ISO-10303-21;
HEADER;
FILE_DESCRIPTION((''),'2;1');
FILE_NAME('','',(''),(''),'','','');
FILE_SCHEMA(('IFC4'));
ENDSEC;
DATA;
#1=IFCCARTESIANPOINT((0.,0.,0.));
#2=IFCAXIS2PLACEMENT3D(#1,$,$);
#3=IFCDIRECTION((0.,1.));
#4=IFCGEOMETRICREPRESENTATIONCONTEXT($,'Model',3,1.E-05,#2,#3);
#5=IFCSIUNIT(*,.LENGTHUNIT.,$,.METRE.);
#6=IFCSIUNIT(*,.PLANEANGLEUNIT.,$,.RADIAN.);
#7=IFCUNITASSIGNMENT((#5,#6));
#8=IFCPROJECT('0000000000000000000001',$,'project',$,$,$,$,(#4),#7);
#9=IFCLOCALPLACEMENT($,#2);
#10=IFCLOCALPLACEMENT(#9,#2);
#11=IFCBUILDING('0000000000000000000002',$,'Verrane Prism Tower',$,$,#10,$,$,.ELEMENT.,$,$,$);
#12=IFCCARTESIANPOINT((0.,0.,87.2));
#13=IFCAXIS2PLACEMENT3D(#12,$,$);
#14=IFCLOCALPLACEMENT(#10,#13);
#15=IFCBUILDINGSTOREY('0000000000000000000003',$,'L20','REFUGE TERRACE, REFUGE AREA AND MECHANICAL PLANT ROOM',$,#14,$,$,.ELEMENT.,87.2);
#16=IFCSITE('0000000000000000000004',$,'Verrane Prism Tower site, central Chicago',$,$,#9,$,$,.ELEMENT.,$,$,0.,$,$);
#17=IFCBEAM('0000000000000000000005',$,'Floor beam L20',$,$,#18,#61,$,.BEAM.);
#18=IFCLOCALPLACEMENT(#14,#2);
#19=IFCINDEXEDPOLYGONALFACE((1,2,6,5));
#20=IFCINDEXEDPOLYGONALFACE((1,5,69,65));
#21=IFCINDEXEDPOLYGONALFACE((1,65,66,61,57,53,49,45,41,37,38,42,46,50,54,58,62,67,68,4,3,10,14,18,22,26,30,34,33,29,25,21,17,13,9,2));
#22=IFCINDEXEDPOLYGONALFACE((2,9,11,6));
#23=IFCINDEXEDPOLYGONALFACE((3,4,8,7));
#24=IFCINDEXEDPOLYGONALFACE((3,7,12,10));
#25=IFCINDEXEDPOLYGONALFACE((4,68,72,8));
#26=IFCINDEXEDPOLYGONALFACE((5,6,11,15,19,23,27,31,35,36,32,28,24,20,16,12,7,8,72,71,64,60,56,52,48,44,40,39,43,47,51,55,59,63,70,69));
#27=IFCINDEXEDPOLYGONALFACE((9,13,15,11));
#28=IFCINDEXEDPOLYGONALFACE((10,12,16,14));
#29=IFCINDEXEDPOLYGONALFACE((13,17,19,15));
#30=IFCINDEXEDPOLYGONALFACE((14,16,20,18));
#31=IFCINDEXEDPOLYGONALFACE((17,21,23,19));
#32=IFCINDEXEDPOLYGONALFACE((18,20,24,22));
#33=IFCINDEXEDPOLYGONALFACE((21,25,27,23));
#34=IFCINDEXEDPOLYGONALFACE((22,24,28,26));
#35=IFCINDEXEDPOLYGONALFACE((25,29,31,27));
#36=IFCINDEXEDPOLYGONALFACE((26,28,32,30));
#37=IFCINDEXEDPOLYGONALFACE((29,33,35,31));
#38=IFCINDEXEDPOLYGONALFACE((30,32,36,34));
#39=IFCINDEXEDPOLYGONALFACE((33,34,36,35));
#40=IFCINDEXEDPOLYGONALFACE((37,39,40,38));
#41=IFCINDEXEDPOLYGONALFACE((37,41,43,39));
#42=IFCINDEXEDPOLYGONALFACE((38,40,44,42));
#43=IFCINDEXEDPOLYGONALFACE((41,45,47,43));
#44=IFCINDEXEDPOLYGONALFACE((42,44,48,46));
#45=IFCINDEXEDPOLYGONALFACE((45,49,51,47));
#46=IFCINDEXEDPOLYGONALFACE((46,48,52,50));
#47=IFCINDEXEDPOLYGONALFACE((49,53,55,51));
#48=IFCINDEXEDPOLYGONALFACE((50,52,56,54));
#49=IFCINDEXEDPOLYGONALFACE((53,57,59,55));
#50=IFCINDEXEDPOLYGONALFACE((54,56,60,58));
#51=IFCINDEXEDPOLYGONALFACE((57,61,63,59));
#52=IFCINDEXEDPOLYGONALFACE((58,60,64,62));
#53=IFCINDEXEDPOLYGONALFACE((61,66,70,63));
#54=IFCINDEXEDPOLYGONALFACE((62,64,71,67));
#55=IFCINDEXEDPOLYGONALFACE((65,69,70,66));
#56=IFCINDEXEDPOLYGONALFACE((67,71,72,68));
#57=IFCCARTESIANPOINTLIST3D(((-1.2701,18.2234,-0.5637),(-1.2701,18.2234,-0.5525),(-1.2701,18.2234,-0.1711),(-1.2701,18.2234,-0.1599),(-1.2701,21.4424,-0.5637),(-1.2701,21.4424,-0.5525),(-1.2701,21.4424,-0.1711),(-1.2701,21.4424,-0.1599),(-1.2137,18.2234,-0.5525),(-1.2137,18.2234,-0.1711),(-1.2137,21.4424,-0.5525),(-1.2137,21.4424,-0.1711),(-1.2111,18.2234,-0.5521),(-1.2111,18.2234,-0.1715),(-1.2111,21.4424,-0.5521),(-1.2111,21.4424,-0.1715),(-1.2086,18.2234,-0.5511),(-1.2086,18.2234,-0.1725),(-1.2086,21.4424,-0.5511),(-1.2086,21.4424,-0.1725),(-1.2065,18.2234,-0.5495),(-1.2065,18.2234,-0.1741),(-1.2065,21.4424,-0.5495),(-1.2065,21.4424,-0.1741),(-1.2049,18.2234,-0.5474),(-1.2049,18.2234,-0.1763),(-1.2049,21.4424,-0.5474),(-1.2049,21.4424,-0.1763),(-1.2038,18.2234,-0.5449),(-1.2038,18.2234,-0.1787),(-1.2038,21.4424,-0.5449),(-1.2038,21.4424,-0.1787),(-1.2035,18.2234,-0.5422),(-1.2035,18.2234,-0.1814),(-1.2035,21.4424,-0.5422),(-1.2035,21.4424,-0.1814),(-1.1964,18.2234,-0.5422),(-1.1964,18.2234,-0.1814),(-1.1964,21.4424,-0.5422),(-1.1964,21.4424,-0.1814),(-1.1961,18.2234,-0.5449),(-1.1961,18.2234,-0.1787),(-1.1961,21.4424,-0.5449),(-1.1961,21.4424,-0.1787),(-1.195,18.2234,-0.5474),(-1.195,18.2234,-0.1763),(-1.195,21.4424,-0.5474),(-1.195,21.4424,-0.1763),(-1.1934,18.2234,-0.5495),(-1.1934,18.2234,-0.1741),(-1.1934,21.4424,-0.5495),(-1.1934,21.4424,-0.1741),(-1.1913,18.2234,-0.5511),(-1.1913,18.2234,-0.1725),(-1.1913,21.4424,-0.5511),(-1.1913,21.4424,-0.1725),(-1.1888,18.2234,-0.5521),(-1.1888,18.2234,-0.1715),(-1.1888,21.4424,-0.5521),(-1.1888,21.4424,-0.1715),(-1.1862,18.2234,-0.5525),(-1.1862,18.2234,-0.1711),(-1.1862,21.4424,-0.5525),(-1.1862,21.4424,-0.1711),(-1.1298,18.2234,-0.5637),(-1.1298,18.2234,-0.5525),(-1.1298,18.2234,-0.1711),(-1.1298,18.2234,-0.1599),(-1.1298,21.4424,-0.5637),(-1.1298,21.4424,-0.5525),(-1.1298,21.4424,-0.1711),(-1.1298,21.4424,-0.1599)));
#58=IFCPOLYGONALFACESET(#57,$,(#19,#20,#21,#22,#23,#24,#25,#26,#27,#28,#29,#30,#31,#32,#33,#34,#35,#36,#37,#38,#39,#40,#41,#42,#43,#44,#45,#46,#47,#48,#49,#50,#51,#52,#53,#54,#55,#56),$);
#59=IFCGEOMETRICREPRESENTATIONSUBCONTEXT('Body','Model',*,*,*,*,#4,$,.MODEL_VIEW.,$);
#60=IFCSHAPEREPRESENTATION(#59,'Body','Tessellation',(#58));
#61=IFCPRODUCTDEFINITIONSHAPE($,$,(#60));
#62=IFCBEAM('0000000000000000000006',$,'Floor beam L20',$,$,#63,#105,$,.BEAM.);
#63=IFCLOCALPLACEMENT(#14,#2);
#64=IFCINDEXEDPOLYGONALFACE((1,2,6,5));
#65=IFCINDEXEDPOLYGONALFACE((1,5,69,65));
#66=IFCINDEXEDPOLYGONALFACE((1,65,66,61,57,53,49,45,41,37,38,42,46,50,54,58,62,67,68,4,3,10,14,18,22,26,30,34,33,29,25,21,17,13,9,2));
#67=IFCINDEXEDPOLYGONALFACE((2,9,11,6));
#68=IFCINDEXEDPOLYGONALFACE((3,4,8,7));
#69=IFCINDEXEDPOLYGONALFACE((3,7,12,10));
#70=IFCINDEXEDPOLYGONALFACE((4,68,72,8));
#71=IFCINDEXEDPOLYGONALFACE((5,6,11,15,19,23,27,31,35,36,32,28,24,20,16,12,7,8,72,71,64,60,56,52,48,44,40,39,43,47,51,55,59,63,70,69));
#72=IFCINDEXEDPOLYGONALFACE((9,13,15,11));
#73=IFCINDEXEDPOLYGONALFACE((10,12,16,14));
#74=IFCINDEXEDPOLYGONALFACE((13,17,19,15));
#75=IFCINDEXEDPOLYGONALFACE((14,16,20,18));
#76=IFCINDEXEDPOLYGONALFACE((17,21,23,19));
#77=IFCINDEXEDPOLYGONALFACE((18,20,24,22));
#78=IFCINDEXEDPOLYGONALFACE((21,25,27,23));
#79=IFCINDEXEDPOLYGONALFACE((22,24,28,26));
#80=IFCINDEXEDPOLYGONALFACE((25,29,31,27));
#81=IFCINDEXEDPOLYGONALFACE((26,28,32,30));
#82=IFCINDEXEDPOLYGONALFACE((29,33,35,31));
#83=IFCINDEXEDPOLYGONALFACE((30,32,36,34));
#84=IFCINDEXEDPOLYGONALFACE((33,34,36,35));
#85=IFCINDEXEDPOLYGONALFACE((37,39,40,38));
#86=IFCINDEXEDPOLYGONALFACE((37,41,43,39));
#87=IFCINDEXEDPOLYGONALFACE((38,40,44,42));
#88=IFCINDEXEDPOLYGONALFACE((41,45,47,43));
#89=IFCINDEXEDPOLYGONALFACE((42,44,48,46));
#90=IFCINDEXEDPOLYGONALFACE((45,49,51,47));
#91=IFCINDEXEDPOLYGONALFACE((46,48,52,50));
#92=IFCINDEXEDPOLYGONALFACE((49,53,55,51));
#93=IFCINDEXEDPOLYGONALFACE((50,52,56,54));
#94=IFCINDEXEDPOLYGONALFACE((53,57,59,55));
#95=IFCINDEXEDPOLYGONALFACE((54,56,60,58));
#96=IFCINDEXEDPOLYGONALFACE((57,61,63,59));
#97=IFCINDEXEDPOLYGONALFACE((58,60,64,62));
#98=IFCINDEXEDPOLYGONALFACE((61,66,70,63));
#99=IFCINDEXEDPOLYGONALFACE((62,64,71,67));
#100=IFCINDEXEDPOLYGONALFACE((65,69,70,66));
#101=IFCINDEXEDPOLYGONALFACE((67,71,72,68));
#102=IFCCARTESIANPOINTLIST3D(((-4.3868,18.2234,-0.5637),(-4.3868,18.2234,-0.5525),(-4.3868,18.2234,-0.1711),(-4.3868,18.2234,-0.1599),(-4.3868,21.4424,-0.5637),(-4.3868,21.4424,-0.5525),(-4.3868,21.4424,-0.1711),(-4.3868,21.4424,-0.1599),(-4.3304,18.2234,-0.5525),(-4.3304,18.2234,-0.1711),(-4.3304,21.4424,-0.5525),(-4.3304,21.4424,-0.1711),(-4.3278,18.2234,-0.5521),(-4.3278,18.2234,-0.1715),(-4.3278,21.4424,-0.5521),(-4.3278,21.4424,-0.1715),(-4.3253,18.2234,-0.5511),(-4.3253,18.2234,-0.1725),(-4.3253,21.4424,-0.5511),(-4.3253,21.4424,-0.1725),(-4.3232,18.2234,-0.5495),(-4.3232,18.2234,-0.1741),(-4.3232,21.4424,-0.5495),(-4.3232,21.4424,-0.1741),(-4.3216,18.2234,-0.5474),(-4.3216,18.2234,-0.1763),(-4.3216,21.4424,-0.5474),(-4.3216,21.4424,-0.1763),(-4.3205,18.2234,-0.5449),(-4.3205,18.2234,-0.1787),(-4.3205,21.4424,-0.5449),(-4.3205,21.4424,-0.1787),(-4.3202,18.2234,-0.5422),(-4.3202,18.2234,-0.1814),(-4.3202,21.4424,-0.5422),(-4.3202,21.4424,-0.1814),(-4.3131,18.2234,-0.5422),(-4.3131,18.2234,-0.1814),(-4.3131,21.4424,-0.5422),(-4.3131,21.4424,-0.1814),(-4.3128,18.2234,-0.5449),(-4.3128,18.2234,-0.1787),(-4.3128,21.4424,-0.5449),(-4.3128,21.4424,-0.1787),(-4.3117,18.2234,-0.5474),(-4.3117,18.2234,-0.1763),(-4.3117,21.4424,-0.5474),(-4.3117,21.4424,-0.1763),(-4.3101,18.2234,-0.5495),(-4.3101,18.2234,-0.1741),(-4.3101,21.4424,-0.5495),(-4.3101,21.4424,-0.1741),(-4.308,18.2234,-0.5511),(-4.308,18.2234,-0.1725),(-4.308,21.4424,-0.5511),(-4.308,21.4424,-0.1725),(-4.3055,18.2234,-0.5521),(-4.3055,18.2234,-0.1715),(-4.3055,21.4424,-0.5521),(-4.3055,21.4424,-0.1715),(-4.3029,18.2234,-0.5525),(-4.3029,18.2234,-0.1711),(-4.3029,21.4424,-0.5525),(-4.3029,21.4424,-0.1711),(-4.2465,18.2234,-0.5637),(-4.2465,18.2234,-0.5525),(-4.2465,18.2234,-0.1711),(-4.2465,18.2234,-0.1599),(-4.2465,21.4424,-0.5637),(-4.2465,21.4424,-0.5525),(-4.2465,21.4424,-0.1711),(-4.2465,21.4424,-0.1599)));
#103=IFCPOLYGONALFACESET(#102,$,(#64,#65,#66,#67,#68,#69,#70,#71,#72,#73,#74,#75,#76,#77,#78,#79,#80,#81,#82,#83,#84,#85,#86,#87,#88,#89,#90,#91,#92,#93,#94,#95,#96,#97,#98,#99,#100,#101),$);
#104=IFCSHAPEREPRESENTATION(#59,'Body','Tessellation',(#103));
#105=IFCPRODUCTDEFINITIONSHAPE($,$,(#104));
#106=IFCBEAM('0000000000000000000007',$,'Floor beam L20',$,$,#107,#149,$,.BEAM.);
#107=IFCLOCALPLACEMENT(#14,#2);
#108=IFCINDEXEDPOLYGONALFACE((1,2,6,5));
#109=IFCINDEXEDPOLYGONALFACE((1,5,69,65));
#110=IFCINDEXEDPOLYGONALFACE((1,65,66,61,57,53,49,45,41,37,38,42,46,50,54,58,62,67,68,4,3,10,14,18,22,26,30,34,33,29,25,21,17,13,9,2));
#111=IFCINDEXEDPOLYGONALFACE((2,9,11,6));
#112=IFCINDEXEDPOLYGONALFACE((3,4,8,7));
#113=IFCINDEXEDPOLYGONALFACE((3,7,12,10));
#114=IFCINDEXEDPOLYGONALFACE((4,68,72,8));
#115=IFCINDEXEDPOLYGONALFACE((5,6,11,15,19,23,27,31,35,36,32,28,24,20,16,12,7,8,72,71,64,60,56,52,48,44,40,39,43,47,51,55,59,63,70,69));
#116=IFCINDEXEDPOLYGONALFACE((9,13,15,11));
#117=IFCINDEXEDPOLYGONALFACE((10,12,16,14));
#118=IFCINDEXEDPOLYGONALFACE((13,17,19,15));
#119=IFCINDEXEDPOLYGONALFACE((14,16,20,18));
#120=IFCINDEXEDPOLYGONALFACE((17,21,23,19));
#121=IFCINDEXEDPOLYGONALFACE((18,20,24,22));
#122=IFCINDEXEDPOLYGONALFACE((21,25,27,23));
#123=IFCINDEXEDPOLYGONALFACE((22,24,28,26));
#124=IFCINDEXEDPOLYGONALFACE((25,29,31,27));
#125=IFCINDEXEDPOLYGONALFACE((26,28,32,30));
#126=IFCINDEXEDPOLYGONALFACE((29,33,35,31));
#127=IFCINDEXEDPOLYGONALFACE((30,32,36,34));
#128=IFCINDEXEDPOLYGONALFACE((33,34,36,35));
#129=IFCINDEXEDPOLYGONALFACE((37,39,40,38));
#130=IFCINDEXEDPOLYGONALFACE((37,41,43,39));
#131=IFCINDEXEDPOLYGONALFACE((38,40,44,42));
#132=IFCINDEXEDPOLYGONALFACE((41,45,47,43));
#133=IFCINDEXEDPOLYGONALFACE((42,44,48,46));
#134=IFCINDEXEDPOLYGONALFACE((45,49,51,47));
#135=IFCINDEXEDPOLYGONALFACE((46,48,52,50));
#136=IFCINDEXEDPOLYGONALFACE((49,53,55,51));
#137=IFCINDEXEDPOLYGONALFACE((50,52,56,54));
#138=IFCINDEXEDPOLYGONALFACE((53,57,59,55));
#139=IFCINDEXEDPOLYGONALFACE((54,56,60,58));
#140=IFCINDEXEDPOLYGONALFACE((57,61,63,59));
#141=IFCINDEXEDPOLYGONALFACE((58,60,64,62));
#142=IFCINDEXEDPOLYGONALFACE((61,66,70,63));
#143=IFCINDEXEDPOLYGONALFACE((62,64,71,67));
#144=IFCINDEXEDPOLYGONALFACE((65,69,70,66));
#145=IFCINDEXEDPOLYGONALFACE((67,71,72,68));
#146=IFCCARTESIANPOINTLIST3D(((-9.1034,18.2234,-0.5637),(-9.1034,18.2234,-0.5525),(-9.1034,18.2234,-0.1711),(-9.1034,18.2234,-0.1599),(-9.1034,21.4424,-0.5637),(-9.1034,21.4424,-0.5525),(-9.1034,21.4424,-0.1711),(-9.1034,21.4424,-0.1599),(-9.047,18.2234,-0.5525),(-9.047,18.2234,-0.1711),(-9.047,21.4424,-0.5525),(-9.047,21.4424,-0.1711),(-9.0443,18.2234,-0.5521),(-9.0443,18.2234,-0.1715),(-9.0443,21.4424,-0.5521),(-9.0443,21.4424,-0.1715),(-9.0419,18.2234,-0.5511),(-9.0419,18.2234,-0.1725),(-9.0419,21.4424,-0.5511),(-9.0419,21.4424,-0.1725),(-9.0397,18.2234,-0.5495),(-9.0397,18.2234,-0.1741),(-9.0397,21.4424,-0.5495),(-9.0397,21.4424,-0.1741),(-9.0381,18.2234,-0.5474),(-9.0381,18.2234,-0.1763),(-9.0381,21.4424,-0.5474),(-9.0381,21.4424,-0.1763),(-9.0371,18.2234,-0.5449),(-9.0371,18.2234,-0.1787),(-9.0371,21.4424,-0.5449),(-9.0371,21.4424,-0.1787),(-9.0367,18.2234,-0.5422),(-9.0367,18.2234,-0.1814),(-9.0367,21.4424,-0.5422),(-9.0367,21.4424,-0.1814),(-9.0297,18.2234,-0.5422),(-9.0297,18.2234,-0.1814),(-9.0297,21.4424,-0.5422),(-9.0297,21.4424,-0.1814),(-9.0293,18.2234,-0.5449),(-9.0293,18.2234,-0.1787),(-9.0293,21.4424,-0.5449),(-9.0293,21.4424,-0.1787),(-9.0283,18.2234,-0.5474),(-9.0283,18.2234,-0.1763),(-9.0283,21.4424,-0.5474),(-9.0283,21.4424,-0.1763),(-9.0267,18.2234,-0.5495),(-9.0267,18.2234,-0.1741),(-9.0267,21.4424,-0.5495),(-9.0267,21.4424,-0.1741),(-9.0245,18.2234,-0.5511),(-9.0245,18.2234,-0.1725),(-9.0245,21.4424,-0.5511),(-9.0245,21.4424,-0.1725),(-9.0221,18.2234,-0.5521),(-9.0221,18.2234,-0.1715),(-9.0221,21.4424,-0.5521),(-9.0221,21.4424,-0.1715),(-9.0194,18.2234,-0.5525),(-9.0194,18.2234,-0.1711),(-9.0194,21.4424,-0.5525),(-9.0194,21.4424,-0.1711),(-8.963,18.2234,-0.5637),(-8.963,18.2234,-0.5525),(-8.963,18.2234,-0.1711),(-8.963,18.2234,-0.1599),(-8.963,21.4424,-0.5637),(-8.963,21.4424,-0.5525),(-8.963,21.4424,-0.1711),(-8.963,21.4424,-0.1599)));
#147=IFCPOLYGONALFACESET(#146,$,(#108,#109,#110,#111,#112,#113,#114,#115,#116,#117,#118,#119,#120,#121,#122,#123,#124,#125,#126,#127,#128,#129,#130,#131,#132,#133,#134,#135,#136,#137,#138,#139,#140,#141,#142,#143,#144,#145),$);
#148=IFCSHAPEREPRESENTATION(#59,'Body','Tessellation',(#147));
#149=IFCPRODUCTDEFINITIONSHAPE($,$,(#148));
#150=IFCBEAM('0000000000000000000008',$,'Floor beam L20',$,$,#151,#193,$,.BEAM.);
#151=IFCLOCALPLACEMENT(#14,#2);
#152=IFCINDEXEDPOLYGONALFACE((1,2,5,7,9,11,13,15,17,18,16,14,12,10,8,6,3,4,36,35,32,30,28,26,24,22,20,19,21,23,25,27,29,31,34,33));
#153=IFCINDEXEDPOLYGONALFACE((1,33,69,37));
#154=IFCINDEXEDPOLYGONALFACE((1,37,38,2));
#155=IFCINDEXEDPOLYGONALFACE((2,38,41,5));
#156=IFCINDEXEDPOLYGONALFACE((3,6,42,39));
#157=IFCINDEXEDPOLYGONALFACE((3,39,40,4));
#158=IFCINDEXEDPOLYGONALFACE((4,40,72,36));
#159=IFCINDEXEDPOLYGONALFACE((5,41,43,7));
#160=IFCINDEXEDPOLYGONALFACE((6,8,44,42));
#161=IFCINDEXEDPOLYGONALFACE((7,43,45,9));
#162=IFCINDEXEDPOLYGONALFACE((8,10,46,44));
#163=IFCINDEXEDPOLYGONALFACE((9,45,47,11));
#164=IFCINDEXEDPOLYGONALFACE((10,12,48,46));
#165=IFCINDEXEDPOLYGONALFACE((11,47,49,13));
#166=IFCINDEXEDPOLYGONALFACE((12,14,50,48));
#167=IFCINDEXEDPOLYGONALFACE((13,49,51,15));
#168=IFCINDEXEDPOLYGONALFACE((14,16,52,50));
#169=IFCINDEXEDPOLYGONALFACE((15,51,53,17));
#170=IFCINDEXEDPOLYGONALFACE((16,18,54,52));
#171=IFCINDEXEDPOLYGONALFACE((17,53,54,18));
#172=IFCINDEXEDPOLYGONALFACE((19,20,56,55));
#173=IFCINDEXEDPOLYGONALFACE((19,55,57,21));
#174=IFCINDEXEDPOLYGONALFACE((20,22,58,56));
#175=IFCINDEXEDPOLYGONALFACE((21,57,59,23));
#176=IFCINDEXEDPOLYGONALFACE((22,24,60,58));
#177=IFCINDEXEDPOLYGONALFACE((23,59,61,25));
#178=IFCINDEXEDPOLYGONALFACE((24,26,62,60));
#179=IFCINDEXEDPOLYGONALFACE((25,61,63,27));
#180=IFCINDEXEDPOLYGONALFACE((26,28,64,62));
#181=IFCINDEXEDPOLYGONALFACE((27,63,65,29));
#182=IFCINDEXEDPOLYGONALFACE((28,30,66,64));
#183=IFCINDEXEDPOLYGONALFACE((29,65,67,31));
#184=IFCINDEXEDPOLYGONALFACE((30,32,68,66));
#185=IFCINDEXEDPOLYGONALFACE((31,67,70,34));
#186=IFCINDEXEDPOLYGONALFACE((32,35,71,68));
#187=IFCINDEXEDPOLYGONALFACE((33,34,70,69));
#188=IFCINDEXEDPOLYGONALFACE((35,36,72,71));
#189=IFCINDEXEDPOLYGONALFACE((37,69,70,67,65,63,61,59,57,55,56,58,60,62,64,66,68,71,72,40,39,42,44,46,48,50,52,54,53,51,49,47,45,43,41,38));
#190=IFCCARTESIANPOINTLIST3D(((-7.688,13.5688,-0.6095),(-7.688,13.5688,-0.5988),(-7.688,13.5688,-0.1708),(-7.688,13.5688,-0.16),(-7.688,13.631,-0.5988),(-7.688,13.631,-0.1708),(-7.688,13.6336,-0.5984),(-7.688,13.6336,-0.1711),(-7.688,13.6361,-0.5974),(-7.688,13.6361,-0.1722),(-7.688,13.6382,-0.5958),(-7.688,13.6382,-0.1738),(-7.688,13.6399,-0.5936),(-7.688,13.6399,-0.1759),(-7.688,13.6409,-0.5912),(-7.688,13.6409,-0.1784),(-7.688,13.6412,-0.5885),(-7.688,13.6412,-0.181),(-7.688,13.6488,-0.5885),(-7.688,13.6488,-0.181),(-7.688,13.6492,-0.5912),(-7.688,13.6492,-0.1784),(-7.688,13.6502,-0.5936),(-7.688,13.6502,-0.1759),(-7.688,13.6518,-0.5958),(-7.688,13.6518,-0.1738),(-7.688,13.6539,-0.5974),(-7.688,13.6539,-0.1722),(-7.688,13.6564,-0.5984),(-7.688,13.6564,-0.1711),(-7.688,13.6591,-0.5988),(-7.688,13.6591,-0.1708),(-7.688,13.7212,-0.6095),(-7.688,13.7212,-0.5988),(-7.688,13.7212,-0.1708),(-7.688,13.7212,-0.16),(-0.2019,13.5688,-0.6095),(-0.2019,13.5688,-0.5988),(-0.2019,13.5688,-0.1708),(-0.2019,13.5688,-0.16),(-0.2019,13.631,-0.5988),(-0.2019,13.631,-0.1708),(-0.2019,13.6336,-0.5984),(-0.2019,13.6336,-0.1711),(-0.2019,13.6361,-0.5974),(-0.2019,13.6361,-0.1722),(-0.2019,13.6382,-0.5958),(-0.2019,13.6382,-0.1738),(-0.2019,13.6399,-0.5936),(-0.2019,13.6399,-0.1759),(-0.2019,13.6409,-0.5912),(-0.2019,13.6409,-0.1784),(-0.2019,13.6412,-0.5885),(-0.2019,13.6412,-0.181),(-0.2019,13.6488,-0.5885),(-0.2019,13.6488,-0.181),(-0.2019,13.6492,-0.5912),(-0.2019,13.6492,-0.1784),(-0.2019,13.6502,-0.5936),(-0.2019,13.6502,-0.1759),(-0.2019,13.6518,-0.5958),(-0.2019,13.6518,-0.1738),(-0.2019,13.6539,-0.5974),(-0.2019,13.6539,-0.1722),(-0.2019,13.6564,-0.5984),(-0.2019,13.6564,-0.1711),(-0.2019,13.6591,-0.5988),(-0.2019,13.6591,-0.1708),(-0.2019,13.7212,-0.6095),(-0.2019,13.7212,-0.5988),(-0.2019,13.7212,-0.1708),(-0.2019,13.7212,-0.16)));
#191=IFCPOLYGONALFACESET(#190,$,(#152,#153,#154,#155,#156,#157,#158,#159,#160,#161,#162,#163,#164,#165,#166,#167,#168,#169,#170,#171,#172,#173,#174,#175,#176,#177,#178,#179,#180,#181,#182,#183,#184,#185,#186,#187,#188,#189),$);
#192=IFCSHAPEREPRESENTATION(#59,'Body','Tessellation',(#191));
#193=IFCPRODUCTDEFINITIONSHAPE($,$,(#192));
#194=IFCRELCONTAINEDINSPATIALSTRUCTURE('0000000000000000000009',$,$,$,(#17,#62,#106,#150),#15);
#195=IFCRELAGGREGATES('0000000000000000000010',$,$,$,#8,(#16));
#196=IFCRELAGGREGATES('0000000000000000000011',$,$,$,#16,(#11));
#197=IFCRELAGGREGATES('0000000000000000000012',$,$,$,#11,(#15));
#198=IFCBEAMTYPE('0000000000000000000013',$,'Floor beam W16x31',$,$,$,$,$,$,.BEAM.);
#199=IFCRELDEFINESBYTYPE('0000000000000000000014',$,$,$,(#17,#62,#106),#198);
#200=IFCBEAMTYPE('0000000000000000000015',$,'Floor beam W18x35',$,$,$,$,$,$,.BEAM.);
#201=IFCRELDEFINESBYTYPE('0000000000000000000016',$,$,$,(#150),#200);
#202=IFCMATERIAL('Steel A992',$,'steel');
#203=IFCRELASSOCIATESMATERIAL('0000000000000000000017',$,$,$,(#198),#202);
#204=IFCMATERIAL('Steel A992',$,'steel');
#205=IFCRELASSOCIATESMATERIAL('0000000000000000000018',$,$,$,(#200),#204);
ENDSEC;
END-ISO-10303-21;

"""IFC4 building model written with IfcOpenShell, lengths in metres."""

from ifc_helpers import new_model, si_unit, direction, frame, origin, origin_2d, place, context, subcontext, project, spatial, i_section, extrude, material, material_profile, profile_set, type_object, element, save


model = new_model("IFC4")

# Units and contexts
model_context = context("Model", 3, precision=1e-05, world=origin(), true_north=direction((0.0, 1.0)))
body_context = subcontext(model_context, "Body", "Model", "MODEL_VIEW")
ifc_project = project(units=[si_unit("LENGTHUNIT", "METRE"), si_unit("PLANEANGLEUNIT", "RADIAN")], contexts=[model_context])

# Site, building, storey
site_placement = place(None, origin())
site = spatial("IfcSite", under=ifc_project, at=site_placement, Name="Verrane Prism Tower site, central Chicago", CompositionType="ELEMENT", RefElevation=0.0)
building_placement = place(site_placement, origin())
building = spatial("IfcBuilding", under=site, at=building_placement, Name="Verrane Prism Tower", CompositionType="ELEMENT")
storey_placement = place(building_placement, frame((0.0, 0.0, 87.2)))
storey = spatial("IfcBuildingStorey", under=building, at=storey_placement, Name="L20", Description="REFUGE TERRACE, REFUGE AREA AND MECHANICAL PLANT ROOM", CompositionType="ELEMENT", Elevation=87.2)

# Beams
ifc_material_1 = material(Name="Steel A992", Category="steel")
ifc_material_profile_1 = material_profile(ifc_material_1, i_section(OverallWidth=0.1404, OverallDepth=0.4038, WebThickness=0.0071, FlangeThickness=0.0112, FilletRadius=0.0103, at=origin_2d()), Name="W16x31")
ifc_profile_set_1 = profile_set([ifc_material_profile_1], Name="Steel A992")
beam_type_1 = type_object("IfcBeamType", Name="Floor beam W16x31", PredefinedType="BEAM", material=ifc_profile_set_1)
for number, where, z_axis, x_axis, name in (
    (1, (-1.2, 18.2234, -0.3618), (0.0, 1.0, 0.0), (-1.0, 0.0, 0.0), "Floor beam L20"),
    (2, (-4.3167, 18.2234, -0.3618), (0.0, 1.0, 0.0), (-1.0, 0.0, 0.0), "Floor beam L20"),
    (3, (-9.0332, 18.2234, -0.3618), (0.0, 1.0, 0.0), (-1.0, 0.0, 0.0), "Floor beam L20"),
):
    element("IfcBeam", number, at=place(storey_placement, frame(where, z_axis=z_axis, x_axis=x_axis)), inside=storey, type_object=beam_type_1, Name=name, PredefinedType="BEAM", context=body_context, shape_type="SweptSolid", body=[
        extrude(i_section(OverallWidth=0.1404, OverallDepth=0.4038, WebThickness=0.0071, FlangeThickness=0.0112, FilletRadius=0.0103, at=origin_2d()), origin(), (0.0, 0.0, 1.0), 3.219),
    ])
ifc_material_2 = material(Name="Steel A992", Category="steel")
ifc_material_profile_2 = material_profile(ifc_material_2, i_section(OverallWidth=0.1523, OverallDepth=0.4495, WebThickness=0.0076, FlangeThickness=0.0107, FilletRadius=0.0103, at=origin_2d()), Name="W18x35")
ifc_profile_set_2 = profile_set([ifc_material_profile_2], Name="Steel A992")
beam_type_2 = type_object("IfcBeamType", Name="Floor beam W18x35", PredefinedType="BEAM", material=ifc_profile_set_2)
beam_1_placement = place(storey_placement, frame((-7.688, 13.645, -0.3848), z_axis=(1.0, 0.0, 0.0), x_axis=(0.0, 1.0, 0.0)))
element("IfcBeam", 4, at=beam_1_placement, inside=storey, type_object=beam_type_2, Name="Floor beam L20", PredefinedType="BEAM", context=body_context, shape_type="SweptSolid", body=[
    extrude(i_section(OverallWidth=0.1523, OverallDepth=0.4495, WebThickness=0.0076, FlangeThickness=0.0107, FilletRadius=0.0103, at=origin_2d()), origin(), (0.0, 0.0, 1.0), 7.4861),
])

save(model, "model.ifc")
